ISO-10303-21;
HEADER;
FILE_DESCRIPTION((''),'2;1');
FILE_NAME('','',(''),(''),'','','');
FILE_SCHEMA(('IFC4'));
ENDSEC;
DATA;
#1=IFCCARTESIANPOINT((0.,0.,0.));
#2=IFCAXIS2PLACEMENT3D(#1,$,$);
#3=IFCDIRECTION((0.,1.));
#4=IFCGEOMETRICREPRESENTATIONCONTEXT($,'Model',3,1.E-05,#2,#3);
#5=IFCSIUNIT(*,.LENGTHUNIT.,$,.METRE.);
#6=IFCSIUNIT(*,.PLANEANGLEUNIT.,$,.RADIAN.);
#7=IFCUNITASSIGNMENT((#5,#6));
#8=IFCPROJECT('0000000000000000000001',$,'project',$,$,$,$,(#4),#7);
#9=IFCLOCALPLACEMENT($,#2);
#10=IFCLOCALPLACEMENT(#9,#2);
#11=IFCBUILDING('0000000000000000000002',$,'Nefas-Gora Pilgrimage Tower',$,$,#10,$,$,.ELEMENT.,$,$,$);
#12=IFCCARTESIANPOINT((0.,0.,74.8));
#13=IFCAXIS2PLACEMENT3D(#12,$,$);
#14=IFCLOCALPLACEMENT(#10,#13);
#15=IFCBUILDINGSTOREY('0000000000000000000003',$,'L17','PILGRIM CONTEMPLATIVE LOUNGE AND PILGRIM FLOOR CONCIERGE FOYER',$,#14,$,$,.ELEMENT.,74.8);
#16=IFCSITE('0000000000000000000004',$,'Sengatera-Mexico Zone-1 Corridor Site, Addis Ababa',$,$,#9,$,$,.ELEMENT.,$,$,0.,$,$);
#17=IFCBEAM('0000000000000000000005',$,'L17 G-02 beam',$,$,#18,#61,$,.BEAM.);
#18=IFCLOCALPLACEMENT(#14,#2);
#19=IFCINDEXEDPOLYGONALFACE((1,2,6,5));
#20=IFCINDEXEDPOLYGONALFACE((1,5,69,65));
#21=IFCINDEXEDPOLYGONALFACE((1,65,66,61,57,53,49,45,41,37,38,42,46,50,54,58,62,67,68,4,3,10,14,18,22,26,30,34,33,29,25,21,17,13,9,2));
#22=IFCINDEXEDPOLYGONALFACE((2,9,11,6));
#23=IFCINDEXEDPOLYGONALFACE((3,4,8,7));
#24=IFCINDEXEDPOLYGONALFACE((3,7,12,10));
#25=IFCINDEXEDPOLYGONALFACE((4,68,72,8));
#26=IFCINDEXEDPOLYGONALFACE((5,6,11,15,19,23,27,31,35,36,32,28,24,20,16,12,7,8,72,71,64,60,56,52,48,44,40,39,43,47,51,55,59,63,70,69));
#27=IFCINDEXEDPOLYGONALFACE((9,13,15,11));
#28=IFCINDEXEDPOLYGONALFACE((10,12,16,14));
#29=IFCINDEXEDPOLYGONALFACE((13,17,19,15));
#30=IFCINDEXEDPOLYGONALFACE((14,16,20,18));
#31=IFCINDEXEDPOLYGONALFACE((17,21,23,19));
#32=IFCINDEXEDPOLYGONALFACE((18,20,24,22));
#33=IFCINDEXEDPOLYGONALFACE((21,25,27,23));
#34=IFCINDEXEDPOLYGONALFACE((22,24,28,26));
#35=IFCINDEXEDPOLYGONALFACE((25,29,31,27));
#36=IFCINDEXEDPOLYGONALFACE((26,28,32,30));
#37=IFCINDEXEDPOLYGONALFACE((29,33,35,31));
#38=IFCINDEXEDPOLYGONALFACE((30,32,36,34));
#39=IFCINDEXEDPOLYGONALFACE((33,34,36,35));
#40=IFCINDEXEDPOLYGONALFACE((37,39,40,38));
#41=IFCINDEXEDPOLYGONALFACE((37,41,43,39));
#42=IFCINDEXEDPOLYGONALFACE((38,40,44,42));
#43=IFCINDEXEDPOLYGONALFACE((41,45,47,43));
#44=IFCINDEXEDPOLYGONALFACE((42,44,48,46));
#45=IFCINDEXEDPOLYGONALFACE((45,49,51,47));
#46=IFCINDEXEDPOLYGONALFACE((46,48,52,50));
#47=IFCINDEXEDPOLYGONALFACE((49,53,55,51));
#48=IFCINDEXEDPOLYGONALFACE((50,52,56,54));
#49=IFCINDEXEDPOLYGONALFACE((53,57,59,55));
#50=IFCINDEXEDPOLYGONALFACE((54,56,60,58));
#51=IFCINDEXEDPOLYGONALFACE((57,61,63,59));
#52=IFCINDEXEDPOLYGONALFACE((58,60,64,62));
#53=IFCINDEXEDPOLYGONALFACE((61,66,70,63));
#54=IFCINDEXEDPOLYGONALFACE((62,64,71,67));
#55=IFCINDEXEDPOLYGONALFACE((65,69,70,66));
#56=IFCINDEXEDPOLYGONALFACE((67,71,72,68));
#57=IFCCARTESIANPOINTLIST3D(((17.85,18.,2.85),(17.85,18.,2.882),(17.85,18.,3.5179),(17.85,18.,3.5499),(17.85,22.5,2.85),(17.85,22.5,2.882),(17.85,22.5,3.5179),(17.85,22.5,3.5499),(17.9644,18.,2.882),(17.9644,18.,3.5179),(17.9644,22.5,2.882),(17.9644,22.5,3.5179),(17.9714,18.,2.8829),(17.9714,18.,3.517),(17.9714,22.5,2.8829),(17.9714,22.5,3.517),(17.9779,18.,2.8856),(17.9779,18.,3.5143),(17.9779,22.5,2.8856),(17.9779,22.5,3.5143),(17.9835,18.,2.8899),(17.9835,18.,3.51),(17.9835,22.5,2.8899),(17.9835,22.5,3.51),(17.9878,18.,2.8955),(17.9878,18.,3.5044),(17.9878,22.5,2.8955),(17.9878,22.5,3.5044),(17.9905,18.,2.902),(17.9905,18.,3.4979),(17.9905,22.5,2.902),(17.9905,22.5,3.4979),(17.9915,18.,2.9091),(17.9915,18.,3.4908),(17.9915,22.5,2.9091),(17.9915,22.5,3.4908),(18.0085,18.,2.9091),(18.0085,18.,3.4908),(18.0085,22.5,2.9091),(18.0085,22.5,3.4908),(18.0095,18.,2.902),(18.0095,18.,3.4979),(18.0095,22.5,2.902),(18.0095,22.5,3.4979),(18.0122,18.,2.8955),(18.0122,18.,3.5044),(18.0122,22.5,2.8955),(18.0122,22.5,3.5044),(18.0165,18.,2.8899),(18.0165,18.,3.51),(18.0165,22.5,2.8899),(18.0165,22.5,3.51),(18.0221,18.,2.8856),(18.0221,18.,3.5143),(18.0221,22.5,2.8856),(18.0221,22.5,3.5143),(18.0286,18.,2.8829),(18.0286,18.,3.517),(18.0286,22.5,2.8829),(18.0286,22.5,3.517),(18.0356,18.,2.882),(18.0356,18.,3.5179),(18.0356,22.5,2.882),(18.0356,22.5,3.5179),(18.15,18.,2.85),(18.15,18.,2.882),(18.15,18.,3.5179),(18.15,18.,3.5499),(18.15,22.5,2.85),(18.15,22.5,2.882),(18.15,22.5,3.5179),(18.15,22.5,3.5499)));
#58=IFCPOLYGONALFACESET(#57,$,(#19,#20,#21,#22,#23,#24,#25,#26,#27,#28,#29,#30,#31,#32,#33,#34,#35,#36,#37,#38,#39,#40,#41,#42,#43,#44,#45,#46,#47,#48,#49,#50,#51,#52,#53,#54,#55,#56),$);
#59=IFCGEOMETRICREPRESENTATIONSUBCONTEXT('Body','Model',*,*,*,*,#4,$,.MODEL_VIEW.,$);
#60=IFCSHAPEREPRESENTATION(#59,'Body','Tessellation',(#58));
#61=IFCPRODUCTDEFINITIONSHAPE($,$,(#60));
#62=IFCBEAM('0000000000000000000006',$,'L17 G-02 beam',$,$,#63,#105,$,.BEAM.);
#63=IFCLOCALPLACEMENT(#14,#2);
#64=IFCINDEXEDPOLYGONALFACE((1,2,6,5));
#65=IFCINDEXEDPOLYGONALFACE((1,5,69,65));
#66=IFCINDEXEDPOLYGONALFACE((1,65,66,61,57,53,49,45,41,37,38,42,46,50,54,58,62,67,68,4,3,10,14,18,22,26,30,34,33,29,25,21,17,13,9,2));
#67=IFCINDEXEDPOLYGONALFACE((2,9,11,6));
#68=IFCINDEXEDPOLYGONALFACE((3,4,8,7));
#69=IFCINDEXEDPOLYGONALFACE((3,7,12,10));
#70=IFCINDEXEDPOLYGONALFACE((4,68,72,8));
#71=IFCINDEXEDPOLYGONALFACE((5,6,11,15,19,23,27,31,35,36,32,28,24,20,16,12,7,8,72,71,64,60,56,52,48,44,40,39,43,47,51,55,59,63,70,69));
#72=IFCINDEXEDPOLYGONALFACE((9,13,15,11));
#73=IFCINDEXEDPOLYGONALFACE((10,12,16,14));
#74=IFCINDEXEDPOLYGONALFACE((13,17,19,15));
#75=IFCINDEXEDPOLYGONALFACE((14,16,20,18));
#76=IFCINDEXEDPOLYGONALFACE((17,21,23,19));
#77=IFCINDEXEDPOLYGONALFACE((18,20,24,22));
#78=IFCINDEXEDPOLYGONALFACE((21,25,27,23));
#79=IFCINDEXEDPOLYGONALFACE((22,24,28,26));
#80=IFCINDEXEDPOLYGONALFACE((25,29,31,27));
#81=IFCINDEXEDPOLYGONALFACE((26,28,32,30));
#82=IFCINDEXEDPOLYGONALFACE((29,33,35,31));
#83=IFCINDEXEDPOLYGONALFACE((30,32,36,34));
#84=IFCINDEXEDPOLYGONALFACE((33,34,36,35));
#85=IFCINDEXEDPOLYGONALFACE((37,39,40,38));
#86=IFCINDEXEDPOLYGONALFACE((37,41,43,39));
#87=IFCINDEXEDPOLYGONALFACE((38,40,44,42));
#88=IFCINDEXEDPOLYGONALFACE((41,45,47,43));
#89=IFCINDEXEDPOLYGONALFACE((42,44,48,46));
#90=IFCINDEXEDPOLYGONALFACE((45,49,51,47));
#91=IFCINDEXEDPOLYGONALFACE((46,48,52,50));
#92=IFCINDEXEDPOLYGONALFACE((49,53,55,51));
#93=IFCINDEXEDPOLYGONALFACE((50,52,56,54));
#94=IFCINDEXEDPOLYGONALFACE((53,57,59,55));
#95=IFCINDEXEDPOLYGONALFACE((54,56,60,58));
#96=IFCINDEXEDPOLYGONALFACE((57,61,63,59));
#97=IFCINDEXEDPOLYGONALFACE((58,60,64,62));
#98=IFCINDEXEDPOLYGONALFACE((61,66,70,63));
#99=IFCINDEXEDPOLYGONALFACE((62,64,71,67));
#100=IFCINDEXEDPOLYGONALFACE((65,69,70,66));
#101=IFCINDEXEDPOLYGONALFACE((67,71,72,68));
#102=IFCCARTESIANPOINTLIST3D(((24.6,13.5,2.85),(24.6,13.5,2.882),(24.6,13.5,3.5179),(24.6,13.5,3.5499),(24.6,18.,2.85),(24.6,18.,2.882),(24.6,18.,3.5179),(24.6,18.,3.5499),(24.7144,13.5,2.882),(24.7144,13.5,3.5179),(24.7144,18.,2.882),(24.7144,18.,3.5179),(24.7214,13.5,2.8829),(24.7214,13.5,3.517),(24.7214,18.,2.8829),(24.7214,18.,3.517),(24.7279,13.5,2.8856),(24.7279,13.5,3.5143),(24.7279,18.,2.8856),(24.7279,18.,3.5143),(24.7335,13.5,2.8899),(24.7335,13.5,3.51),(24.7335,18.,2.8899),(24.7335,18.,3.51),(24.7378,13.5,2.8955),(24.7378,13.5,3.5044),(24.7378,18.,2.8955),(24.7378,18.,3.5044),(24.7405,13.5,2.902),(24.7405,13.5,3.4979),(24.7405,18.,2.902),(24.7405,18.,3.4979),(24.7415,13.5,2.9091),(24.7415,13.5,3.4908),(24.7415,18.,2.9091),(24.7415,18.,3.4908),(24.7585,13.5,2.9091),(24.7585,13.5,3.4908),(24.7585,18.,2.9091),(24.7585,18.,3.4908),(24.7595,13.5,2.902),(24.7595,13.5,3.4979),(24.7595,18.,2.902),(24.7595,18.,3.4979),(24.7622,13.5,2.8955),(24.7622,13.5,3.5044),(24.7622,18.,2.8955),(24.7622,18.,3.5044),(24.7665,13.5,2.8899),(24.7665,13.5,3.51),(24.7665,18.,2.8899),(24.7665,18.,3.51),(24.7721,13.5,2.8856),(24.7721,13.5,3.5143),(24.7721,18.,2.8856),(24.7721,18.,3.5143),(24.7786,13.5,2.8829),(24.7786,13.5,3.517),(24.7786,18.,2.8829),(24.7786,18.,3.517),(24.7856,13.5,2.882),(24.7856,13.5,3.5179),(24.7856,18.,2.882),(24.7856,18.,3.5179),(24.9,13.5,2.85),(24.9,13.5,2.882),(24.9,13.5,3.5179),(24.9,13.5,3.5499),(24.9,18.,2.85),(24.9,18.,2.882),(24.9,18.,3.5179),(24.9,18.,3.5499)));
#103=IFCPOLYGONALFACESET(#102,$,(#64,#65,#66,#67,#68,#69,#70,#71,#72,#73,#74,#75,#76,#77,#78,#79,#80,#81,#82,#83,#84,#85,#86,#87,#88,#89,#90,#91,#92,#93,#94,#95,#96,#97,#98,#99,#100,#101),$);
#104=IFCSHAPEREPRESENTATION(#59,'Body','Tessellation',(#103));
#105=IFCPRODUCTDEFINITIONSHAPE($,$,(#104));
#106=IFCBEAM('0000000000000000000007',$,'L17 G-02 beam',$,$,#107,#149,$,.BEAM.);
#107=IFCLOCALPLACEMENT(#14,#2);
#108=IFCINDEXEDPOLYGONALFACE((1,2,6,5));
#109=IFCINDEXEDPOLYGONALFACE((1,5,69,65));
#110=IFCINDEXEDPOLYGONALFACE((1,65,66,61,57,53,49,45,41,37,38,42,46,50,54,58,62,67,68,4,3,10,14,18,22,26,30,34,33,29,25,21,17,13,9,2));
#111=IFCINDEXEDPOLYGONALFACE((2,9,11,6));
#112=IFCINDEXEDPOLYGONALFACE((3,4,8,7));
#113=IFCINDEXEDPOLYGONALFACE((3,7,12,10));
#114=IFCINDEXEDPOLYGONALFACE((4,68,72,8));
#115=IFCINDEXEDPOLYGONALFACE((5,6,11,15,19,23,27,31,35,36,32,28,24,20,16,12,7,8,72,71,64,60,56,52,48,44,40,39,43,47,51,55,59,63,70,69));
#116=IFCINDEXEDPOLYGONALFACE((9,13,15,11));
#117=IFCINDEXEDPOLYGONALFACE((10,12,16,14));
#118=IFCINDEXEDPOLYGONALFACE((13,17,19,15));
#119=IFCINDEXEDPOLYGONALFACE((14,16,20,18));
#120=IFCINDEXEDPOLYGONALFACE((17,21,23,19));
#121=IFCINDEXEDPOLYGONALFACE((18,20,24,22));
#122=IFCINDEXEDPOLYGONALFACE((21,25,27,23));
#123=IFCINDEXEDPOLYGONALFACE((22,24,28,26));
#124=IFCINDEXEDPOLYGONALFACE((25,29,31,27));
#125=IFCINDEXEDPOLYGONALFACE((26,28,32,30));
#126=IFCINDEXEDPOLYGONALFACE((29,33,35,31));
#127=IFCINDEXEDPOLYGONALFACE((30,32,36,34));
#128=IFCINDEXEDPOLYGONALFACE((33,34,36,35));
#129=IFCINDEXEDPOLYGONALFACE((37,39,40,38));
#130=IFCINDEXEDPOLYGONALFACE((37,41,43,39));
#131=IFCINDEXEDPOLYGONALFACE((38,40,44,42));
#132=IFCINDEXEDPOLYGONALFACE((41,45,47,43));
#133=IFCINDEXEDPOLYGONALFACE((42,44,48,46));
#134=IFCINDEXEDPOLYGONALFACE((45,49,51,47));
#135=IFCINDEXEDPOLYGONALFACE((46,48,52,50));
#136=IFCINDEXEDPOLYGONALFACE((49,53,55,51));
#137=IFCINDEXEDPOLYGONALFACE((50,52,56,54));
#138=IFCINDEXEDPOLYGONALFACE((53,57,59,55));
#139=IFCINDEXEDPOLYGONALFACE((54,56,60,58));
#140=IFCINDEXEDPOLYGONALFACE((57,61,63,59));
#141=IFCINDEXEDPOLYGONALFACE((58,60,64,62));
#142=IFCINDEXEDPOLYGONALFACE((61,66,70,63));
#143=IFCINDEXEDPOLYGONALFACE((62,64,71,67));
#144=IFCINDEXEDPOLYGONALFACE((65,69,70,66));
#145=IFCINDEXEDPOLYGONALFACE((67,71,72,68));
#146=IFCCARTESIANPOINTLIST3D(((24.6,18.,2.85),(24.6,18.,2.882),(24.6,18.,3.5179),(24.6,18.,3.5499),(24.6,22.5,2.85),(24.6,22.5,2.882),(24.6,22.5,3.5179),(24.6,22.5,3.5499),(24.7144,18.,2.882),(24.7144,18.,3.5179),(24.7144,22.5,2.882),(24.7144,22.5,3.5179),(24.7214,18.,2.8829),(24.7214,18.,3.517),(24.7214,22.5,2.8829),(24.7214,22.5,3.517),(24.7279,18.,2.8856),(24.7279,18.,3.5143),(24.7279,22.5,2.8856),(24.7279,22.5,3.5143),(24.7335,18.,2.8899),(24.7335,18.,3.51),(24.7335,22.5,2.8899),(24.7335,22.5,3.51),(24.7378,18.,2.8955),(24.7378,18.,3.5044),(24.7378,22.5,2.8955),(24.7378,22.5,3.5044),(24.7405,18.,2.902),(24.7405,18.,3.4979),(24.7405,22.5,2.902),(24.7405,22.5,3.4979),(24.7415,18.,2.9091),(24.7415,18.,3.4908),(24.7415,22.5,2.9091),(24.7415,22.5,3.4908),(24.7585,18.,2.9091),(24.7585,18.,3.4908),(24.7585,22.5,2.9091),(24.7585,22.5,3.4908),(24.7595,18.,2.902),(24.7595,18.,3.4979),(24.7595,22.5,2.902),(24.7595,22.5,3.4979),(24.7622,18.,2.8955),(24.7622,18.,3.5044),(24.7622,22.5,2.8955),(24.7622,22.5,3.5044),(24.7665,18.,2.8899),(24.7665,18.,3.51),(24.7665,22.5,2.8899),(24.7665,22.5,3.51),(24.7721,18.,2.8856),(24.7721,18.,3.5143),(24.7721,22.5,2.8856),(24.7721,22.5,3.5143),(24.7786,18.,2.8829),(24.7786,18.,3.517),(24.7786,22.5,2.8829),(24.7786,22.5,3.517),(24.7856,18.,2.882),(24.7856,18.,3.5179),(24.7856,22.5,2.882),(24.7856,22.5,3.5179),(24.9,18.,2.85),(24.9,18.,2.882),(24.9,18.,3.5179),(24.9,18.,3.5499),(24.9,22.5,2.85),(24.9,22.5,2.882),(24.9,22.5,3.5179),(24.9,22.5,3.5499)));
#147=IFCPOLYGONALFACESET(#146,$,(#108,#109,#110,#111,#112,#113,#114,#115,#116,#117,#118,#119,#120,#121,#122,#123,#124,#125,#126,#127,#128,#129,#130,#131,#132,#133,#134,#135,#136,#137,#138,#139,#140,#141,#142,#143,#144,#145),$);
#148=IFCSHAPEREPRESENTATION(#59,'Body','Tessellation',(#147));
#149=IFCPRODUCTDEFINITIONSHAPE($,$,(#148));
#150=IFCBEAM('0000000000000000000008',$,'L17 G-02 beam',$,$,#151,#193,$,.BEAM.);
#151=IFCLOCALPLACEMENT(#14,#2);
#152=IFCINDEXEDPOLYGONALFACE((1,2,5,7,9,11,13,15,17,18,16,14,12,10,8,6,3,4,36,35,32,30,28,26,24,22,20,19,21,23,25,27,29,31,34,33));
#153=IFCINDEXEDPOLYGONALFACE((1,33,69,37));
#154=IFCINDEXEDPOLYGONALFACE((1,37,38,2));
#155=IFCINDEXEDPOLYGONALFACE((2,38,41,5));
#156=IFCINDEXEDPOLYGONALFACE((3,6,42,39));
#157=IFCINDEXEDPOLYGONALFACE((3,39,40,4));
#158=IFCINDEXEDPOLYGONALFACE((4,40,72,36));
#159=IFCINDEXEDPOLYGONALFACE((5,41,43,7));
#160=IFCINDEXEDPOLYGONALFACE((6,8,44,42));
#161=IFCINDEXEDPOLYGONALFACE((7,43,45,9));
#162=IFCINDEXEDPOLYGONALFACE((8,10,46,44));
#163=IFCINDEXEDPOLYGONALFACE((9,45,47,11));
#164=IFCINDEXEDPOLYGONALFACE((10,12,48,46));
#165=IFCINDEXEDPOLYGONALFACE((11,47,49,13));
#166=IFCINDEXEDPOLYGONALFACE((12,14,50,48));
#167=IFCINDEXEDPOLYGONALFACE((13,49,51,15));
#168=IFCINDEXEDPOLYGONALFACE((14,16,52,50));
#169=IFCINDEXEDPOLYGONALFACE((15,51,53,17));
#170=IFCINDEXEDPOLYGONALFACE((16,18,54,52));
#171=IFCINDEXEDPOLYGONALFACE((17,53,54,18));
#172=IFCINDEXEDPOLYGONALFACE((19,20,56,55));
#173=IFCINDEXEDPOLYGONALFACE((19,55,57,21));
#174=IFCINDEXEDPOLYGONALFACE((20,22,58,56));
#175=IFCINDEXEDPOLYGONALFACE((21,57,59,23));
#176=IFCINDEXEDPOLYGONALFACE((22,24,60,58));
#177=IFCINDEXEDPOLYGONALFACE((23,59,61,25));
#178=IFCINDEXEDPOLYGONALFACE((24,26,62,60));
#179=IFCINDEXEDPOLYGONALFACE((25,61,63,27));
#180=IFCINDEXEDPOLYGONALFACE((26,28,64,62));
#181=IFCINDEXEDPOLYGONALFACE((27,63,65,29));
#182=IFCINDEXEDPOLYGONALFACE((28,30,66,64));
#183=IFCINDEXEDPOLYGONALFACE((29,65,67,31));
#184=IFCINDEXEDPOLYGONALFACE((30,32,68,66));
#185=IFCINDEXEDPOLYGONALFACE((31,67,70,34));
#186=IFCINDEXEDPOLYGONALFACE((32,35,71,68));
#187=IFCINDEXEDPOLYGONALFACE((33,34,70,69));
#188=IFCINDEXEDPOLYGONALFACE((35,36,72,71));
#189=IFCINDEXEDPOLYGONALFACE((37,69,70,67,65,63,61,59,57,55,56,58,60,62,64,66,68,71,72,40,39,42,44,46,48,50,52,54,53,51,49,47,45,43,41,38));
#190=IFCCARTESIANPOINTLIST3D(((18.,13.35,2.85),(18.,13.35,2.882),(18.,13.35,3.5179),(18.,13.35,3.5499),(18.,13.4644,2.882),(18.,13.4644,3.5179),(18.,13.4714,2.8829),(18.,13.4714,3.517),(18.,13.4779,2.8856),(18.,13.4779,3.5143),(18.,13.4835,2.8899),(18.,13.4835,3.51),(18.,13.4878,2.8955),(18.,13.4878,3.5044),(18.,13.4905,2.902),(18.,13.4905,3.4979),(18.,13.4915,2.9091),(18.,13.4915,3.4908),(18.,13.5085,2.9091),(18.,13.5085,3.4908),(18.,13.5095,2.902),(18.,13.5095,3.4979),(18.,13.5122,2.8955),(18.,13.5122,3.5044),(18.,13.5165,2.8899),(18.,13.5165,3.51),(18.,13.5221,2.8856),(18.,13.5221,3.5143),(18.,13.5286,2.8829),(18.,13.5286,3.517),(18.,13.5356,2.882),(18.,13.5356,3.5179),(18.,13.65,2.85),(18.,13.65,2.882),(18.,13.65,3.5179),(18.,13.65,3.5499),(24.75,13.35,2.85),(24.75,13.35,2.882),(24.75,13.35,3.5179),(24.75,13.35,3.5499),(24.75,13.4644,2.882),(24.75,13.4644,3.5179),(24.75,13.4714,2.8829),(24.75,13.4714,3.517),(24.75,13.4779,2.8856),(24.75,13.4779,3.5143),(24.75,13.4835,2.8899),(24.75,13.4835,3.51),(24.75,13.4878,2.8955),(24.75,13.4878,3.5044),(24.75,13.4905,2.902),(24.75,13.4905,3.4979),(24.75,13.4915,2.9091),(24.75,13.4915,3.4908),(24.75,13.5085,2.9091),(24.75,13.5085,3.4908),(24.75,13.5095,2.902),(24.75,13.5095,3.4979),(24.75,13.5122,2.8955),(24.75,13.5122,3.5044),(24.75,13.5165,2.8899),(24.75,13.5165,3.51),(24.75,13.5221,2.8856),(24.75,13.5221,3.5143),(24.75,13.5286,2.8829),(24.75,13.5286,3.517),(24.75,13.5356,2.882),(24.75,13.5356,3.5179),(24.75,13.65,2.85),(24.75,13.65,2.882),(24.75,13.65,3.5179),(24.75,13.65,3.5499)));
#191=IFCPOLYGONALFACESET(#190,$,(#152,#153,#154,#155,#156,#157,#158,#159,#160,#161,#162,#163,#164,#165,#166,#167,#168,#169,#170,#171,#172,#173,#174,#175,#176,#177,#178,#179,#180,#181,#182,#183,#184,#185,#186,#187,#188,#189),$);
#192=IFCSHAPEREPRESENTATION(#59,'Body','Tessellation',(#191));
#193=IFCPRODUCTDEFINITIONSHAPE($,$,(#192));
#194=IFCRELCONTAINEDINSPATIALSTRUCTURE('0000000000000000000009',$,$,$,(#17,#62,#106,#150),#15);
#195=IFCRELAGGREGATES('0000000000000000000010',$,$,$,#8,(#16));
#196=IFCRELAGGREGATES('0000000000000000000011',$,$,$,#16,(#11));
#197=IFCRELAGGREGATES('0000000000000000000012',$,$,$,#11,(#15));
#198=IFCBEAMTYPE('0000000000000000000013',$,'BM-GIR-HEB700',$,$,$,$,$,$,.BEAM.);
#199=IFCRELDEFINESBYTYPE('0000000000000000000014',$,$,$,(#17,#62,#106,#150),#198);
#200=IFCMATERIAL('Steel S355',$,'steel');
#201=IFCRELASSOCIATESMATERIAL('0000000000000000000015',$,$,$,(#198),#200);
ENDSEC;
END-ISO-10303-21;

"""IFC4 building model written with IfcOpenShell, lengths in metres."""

from ifc_helpers import new_model, si_unit, direction, frame, origin, origin_2d, place, context, subcontext, project, spatial, i_section, extrude, source, transform, mapped, material, material_profile, profile_set, type_object, element, save


model = new_model("IFC4")

# Units and contexts
model_context = context("Model", 3, precision=1e-05, world=origin(), true_north=direction((0.0, 1.0)))
body_context = subcontext(model_context, "Body", "Model", "MODEL_VIEW")
ifc_project = project(units=[si_unit("LENGTHUNIT", "METRE"), si_unit("PLANEANGLEUNIT", "RADIAN")], contexts=[model_context])

# Site, building, storey
site_placement = place(None, origin())
site = spatial("IfcSite", under=ifc_project, at=site_placement, Name="Sengatera-Mexico Zone-1 Corridor Site, Addis Ababa", CompositionType="ELEMENT", RefElevation=0.0)
building_placement = place(site_placement, origin())
building = spatial("IfcBuilding", under=site, at=building_placement, Name="Nefas-Gora Pilgrimage Tower", CompositionType="ELEMENT")
storey_placement = place(building_placement, frame((0.0, 0.0, 74.8)))
storey = spatial("IfcBuildingStorey", under=building, at=storey_placement, Name="L17", Description="PILGRIM CONTEMPLATIVE LOUNGE AND PILGRIM FLOOR CONCIERGE FOYER", CompositionType="ELEMENT", Elevation=74.8)

# Beams
ifc_material_1 = material(Name="Steel S355", Category="steel")
ifc_material_profile_1 = material_profile(ifc_material_1, i_section(OverallWidth=0.3, OverallDepth=0.7, WebThickness=0.0171, FlangeThickness=0.032, FilletRadius=0.0271, at=origin_2d()), Name="HEB 700")
ifc_profile_set_1 = profile_set([ifc_material_profile_1], Name="Steel S355")
beam_type_1 = type_object("IfcBeamType", Name="BM-GIR-HEB700", PredefinedType="BEAM", material=ifc_profile_set_1)
shared_shape_1 = source(origin(), body_context, "Body", "SweptSolid", [
    extrude(i_section(OverallWidth=0.3, OverallDepth=0.7, WebThickness=0.0171, FlangeThickness=0.032, FilletRadius=0.0271, at=origin_2d()), origin(), (0.0, 0.0, 1.0), 4.5),
])
for number, where, z_axis, x_axis, name in (
    (1, (18.0, 18.0, 3.2), (0.0, 1.0, 0.0), (-1.0, 0.0, 0.0), "L17 G-02 beam"),
    (2, (24.75, 13.5, 3.2), (0.0, 1.0, 0.0), (-1.0, 0.0, 0.0), "L17 G-02 beam"),
    (3, (24.75, 18.0, 3.2), (0.0, 1.0, 0.0), (-1.0, 0.0, 0.0), "L17 G-02 beam"),
):
    element("IfcBeam", number, at=place(storey_placement, frame(where, z_axis=z_axis, x_axis=x_axis)), inside=storey, type_object=beam_type_1, Name=name, PredefinedType="BEAM", context=body_context, shape_type="MappedRepresentation", body=[
        mapped(shared_shape_1, transform((0.0, 0.0, 0.0), x_axis=(1.0, 0.0, 0.0), y_axis=(0.0, 1.0, 0.0), z_axis=(0.0, 0.0, 1.0), scale=1.0)),
    ])
shared_shape_2 = source(origin(), body_context, "Body", "SweptSolid", [
    extrude(i_section(OverallWidth=0.3, OverallDepth=0.7, WebThickness=0.0171, FlangeThickness=0.032, FilletRadius=0.0271, at=origin_2d()), origin(), (0.0, 0.0, 1.0), 6.75),
])
for number, where, z_axis, x_axis, name in (
    (4, (18.0, 13.5, 3.2), (1.0, 0.0, 0.0), (0.0, 1.0, 0.0), "L17 G-02 beam"),
):
    element("IfcBeam", number, at=place(storey_placement, frame(where, z_axis=z_axis, x_axis=x_axis)), inside=storey, type_object=beam_type_1, Name=name, PredefinedType="BEAM", context=body_context, shape_type="MappedRepresentation", body=[
        mapped(shared_shape_2, transform((0.0, 0.0, 0.0), x_axis=(1.0, 0.0, 0.0), y_axis=(0.0, 1.0, 0.0), z_axis=(0.0, 0.0, 1.0), scale=1.0)),
    ])

save(model, "model.ifc")
